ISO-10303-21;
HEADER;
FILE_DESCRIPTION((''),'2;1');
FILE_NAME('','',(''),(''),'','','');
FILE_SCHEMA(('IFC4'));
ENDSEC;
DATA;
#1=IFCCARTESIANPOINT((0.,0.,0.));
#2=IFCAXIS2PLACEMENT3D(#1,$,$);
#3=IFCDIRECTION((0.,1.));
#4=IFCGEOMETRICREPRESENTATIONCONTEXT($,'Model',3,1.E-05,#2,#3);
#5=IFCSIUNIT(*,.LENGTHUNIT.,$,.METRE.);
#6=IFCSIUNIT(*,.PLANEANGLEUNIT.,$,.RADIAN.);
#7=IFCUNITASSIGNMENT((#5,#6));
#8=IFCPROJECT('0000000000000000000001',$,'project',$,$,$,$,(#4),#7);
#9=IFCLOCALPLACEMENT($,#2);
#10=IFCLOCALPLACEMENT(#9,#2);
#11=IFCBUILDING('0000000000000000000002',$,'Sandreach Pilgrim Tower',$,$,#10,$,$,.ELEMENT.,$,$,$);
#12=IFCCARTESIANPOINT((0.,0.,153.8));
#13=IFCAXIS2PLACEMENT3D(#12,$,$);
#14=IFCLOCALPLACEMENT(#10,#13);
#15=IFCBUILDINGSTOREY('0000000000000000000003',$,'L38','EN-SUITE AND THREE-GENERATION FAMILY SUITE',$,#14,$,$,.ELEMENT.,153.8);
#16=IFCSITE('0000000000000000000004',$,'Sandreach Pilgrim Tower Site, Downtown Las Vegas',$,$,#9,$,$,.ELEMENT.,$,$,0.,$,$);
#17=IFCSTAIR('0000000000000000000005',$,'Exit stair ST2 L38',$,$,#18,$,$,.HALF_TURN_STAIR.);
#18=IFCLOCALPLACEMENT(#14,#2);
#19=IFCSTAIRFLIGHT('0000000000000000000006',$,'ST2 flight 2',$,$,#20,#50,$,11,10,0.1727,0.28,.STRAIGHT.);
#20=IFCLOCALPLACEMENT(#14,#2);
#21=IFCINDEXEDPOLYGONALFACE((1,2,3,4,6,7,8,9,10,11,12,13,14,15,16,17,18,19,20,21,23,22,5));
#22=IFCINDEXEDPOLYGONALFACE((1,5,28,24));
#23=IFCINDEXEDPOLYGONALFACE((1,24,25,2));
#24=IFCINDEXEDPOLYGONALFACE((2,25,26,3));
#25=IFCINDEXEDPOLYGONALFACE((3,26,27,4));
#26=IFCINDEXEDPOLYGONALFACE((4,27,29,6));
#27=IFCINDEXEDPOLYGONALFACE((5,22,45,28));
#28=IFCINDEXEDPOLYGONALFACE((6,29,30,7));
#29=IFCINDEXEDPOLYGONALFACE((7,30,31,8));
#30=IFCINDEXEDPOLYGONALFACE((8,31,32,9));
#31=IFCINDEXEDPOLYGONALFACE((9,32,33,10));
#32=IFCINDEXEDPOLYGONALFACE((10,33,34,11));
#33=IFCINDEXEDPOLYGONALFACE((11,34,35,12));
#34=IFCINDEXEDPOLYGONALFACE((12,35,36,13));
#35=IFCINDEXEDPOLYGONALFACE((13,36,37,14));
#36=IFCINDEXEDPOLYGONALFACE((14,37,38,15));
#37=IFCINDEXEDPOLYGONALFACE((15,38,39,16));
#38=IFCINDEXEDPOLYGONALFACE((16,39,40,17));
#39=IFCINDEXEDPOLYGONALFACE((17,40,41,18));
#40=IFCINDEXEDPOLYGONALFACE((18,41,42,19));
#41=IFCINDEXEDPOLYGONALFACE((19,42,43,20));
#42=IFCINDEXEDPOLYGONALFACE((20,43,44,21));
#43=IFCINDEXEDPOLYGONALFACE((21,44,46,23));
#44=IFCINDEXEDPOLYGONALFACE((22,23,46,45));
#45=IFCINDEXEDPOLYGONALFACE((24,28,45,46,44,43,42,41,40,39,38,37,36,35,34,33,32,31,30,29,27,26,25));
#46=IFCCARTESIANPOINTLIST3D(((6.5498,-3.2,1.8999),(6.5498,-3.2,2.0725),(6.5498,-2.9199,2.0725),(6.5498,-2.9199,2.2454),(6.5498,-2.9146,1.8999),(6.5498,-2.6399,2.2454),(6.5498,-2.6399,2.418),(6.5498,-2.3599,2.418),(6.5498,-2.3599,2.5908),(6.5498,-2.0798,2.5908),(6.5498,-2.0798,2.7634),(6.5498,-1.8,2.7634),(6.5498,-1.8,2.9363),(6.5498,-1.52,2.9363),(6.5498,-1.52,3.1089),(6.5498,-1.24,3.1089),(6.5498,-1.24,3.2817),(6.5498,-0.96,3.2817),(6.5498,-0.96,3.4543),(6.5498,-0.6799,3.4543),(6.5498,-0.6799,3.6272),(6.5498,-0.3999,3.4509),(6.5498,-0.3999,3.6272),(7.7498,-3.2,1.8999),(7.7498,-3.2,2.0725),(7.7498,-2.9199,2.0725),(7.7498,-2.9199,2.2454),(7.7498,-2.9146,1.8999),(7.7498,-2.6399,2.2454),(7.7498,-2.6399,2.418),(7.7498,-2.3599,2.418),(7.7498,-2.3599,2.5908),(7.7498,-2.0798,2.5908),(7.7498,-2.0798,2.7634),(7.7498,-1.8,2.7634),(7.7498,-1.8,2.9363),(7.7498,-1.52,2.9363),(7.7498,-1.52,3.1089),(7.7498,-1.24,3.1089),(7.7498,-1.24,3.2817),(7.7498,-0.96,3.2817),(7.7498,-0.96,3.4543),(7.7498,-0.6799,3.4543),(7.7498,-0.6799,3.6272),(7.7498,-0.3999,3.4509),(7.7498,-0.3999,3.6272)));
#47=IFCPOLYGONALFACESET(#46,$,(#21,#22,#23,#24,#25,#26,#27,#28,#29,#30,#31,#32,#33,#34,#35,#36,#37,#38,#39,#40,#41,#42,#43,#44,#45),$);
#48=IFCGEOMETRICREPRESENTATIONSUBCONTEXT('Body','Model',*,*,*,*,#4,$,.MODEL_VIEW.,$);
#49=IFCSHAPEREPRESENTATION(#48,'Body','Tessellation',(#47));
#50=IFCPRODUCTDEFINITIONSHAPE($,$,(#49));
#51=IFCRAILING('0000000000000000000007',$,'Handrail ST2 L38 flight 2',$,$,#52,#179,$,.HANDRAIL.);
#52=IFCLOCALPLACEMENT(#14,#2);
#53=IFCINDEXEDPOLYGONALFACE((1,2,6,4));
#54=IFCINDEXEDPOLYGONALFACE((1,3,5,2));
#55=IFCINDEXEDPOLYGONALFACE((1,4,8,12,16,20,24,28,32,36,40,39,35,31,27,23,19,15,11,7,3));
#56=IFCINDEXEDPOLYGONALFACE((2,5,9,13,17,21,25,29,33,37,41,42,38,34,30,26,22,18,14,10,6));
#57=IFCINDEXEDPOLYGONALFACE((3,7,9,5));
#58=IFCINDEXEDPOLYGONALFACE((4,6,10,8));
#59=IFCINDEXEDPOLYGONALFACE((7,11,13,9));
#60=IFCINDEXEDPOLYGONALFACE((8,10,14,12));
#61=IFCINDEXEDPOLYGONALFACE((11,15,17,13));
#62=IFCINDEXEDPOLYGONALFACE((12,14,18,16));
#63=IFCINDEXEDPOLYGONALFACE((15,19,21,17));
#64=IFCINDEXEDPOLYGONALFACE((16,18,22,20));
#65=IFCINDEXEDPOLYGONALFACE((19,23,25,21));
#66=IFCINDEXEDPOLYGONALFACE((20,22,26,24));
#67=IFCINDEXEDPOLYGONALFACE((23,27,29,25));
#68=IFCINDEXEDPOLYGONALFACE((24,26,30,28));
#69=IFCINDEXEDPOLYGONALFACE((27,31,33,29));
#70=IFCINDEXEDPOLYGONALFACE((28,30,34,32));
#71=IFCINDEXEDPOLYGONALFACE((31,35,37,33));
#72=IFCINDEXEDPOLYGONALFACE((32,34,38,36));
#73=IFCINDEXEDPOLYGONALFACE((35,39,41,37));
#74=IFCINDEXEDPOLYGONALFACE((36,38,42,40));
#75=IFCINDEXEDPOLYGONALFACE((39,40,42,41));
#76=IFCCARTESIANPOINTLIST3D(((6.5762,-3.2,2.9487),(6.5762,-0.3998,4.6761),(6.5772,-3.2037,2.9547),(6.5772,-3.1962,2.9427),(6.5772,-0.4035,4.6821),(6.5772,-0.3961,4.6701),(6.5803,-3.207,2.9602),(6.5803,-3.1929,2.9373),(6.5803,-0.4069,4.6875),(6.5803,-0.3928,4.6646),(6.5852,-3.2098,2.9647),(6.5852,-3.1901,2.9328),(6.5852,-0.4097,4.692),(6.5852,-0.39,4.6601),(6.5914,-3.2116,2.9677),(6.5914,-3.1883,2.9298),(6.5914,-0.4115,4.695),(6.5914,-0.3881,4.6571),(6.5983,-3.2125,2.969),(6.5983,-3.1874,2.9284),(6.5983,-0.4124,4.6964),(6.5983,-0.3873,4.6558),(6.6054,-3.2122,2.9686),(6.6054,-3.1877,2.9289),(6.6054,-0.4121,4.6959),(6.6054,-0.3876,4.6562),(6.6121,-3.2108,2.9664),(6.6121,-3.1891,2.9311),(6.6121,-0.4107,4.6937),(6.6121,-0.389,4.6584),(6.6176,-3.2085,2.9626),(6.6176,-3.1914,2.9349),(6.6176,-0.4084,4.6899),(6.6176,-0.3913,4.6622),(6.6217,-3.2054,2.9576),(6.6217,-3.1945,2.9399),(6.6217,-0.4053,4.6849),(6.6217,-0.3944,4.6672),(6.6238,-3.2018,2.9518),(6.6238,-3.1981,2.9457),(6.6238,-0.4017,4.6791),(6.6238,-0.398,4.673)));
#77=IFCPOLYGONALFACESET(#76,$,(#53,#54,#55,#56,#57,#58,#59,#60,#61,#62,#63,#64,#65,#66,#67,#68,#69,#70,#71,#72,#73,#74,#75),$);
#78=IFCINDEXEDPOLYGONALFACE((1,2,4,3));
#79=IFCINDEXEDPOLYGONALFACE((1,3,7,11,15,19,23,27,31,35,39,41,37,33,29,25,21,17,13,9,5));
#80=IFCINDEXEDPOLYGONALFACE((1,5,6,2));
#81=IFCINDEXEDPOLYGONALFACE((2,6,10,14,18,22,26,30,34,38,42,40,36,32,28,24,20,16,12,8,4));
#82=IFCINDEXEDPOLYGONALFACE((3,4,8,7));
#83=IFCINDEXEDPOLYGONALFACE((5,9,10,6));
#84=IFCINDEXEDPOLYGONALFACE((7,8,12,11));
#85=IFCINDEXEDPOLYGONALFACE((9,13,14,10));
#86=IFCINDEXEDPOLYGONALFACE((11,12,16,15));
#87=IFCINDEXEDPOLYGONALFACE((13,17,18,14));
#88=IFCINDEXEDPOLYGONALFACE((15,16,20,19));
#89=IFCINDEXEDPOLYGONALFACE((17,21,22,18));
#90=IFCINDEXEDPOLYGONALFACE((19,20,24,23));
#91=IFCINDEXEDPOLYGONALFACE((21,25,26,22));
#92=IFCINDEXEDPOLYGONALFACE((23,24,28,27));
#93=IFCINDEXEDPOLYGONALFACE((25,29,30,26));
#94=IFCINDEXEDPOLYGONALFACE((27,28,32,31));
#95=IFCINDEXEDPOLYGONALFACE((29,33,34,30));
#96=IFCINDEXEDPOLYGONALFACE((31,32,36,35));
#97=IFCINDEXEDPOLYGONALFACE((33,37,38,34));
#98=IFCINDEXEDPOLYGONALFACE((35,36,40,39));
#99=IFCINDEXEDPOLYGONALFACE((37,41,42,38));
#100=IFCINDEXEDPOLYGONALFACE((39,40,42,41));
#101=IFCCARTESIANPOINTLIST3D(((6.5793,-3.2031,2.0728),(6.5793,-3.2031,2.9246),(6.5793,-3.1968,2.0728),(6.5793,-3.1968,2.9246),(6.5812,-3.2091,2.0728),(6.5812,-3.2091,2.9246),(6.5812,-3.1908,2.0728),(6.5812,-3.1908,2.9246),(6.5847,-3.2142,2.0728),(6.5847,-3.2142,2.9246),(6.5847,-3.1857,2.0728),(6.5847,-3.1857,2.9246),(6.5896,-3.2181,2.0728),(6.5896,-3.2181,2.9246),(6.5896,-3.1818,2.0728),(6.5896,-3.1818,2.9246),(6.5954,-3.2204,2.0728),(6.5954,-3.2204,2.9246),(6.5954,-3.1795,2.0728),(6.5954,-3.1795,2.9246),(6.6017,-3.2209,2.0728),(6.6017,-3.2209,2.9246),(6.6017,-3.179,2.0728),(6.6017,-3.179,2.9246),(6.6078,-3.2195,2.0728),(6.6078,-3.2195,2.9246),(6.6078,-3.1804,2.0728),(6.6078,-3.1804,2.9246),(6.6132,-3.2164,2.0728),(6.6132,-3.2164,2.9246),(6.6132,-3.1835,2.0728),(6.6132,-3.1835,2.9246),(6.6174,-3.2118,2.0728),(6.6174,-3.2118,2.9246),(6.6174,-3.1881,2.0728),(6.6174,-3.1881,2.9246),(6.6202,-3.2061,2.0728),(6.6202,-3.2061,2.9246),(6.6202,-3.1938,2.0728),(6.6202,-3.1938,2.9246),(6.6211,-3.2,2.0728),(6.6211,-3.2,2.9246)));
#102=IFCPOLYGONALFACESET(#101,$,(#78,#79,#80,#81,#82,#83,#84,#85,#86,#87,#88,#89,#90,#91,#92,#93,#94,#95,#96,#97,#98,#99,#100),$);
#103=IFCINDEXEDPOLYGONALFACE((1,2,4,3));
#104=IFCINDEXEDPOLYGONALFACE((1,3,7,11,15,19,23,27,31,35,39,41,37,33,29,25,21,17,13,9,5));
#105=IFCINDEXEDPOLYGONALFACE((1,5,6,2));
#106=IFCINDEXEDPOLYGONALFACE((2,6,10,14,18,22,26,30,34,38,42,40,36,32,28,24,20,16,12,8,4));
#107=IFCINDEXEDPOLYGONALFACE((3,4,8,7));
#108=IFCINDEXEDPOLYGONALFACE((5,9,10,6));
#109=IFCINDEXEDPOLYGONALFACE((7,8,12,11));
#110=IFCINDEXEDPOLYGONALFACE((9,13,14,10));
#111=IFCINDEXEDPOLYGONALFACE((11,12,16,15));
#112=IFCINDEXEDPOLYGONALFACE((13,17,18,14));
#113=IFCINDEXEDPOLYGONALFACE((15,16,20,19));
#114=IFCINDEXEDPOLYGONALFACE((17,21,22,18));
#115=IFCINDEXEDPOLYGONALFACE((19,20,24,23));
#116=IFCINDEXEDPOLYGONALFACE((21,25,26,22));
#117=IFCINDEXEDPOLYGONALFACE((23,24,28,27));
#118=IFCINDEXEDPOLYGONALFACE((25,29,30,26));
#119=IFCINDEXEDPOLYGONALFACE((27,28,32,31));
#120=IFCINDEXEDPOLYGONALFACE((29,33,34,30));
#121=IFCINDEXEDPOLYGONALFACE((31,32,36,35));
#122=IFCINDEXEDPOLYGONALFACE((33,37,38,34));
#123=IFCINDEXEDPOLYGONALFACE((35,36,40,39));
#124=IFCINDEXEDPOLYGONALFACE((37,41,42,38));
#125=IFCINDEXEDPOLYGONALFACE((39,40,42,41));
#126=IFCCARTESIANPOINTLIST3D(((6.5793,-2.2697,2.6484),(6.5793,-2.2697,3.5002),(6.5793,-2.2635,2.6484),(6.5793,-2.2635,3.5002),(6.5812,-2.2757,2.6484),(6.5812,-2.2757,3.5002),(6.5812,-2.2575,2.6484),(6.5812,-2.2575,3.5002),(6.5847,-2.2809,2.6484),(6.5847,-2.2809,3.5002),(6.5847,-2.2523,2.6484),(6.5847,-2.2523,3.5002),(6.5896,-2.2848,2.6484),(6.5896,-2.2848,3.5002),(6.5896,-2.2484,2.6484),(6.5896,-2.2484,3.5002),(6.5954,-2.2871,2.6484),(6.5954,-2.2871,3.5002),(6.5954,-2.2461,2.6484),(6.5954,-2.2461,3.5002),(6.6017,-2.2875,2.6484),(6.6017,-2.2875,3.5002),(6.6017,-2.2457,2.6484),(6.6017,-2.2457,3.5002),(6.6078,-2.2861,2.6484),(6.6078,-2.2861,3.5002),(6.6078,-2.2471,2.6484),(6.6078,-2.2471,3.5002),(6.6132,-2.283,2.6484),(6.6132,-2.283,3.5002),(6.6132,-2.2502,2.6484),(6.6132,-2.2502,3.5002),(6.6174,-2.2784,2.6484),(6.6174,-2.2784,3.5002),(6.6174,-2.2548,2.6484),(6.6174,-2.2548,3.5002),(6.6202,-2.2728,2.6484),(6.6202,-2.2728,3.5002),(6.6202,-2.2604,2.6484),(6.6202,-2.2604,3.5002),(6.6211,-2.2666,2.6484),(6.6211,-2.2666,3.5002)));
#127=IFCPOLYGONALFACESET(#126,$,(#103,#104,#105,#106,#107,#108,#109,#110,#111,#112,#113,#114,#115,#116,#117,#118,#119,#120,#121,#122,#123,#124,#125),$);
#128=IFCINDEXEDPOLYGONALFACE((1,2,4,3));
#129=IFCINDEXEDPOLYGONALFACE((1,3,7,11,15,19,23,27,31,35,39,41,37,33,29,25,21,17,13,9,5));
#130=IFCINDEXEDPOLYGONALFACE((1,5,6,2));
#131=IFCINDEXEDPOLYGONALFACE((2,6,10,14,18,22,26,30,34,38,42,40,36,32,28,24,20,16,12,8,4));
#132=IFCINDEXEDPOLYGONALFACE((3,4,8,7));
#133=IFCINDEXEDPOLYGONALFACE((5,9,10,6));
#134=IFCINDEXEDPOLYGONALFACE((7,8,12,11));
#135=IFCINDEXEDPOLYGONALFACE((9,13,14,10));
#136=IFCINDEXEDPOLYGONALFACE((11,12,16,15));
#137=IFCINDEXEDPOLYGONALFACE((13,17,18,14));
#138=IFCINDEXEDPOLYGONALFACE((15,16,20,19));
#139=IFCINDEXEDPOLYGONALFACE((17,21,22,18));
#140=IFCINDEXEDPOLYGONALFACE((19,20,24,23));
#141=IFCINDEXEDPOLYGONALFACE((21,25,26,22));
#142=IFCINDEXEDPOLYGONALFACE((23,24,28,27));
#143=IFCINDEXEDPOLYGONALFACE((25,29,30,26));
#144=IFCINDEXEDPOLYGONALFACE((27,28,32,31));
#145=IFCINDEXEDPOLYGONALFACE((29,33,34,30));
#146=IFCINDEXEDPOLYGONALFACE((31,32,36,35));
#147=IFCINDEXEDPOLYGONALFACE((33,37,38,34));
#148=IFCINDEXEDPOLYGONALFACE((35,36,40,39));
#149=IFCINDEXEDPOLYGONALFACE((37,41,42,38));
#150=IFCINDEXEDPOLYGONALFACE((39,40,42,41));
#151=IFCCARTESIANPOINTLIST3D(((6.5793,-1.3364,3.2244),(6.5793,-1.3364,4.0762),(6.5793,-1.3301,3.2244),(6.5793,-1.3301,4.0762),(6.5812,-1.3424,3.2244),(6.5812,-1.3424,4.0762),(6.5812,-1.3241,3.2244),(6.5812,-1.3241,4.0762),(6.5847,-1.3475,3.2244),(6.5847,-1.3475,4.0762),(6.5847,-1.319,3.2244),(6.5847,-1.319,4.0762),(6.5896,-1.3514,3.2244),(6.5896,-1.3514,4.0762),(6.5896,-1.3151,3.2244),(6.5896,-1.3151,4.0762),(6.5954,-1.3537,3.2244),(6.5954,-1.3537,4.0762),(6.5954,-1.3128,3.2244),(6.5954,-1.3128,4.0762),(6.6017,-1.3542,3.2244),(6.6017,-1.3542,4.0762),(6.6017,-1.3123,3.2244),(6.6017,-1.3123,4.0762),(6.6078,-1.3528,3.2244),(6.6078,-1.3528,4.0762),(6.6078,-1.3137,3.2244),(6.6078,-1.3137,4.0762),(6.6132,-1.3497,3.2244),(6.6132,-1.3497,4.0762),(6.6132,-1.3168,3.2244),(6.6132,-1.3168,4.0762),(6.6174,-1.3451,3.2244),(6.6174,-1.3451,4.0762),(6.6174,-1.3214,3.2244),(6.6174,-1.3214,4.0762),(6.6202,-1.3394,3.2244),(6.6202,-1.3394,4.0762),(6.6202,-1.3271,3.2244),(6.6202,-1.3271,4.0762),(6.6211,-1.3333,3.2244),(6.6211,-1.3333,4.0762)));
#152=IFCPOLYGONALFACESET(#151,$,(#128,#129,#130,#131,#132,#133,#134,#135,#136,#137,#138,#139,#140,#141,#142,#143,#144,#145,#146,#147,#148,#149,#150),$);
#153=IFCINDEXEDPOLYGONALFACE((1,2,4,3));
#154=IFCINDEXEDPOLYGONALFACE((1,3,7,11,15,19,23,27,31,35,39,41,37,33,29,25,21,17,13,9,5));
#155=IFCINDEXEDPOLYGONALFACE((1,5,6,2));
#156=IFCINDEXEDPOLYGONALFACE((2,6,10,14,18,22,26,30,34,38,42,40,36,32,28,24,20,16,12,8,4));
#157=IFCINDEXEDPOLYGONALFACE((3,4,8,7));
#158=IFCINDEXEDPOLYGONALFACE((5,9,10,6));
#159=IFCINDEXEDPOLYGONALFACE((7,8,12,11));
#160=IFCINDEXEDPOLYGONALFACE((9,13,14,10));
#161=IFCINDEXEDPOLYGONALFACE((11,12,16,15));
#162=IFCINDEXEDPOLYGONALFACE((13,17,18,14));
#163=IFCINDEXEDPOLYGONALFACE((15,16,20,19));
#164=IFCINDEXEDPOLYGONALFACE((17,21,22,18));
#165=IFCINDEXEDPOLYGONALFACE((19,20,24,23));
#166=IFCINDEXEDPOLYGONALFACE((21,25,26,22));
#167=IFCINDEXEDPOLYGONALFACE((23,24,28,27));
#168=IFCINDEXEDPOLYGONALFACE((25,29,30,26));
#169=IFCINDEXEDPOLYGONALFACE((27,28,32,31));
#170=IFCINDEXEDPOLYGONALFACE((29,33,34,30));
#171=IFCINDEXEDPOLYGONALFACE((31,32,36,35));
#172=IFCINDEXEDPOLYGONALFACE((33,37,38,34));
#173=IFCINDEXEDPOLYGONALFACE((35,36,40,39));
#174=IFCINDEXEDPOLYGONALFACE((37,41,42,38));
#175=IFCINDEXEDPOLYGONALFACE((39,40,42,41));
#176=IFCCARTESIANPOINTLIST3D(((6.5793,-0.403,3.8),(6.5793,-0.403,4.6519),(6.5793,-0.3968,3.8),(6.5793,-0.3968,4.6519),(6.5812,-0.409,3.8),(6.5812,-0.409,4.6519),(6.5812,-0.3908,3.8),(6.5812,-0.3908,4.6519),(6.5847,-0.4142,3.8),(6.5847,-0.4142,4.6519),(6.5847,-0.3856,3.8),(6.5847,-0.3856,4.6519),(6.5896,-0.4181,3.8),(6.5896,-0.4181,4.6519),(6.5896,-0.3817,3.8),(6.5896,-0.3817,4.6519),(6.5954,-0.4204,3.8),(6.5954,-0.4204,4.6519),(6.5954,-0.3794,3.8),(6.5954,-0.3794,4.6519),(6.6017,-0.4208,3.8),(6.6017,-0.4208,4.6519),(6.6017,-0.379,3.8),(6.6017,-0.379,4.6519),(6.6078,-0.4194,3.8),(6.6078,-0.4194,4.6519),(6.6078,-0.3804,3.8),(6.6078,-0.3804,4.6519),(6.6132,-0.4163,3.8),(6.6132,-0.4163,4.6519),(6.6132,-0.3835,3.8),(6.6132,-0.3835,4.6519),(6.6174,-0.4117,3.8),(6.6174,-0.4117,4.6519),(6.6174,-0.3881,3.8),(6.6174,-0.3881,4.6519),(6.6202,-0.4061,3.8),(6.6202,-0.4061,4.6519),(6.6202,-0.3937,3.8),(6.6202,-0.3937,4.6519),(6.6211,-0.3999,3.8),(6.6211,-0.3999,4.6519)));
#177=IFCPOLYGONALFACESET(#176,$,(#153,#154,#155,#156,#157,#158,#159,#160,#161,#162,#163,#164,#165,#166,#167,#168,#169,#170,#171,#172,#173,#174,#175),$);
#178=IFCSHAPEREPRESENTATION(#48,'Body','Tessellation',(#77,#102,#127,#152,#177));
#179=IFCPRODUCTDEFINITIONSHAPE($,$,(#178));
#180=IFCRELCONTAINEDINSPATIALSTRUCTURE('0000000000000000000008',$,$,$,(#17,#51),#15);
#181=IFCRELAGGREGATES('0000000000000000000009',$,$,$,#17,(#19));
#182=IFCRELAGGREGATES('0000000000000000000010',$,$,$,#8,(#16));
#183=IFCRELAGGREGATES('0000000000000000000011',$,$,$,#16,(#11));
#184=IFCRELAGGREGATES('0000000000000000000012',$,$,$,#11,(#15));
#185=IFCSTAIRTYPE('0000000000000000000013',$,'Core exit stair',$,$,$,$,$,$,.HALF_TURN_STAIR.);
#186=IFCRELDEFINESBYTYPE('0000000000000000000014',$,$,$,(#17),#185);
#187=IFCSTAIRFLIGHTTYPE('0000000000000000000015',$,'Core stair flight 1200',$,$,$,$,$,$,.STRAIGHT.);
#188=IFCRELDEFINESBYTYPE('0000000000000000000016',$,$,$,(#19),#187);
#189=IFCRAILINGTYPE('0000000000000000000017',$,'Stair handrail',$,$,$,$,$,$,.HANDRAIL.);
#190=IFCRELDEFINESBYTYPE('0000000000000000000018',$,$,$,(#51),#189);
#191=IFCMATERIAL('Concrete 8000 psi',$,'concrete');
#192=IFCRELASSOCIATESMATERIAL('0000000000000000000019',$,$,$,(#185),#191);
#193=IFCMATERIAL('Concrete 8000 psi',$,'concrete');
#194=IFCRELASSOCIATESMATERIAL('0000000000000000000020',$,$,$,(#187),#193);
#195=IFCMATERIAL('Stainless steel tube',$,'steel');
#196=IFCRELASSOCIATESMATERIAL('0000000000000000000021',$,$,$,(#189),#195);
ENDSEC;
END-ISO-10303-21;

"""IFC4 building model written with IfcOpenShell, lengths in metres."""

from ifc_helpers import new_model, si_unit, direction, frame, origin, origin_2d, place, context, subcontext, project, spatial, polyline, circle, outline, extrude, material, type_object, element, aggregate, save


model = new_model("IFC4")

# Units and contexts
model_context = context("Model", 3, precision=1e-05, world=origin(), true_north=direction((0.0, 1.0)))
body_context = subcontext(model_context, "Body", "Model", "MODEL_VIEW")
ifc_project = project(units=[si_unit("LENGTHUNIT", "METRE"), si_unit("PLANEANGLEUNIT", "RADIAN")], contexts=[model_context])

# Site, building, storey
site_placement = place(None, origin())
site = spatial("IfcSite", under=ifc_project, at=site_placement, Name="Sandreach Pilgrim Tower Site, Downtown Las Vegas", CompositionType="ELEMENT", RefElevation=0.0)
building_placement = place(site_placement, origin())
building = spatial("IfcBuilding", under=site, at=building_placement, Name="Sandreach Pilgrim Tower", CompositionType="ELEMENT")
storey_placement = place(building_placement, frame((0.0, 0.0, 153.8)))
storey = spatial("IfcBuildingStorey", under=building, at=storey_placement, Name="L38", Description="EN-SUITE AND THREE-GENERATION FAMILY SUITE", CompositionType="ELEMENT", Elevation=153.8)

# Stair, stair flight
ifc_material_1 = material(Name="Concrete 8000 psi", Category="concrete")
stair_type = type_object("IfcStairType", Name="Core exit stair", PredefinedType="HALF_TURN_STAIR", material=ifc_material_1)
stair_placement = place(storey_placement, origin())
stair = element("IfcStair", 1, at=stair_placement, inside=storey, type_object=stair_type, Name="Exit stair ST2 L38", PredefinedType="HALF_TURN_STAIR")
ifc_material_2 = material(Name="Concrete 8000 psi", Category="concrete")
stair_flight_type = type_object("IfcStairFlightType", Name="Core stair flight 1200", PredefinedType="STRAIGHT", material=ifc_material_2)
stair_flight_placement = place(storey_placement, frame((7.1499, -3.2, 1.8999), z_axis=(0.0, 0.0, 1.0), x_axis=(0.0, 1.0, 0.0)))
stair_flight = element("IfcStairFlight", 2, at=stair_flight_placement, type_object=stair_flight_type, Name="ST2 flight 2", NumberOfRisers=11, NumberOfTreads=10, PredefinedType="STRAIGHT", RiserHeight=0.1727, TreadLength=0.28, context=body_context, shape_type="SweptSolid", body=[
    extrude(outline(polyline([(0.0, 0.0), (0.0, 0.1726), (0.28, 0.1726), (0.28, 0.3455), (0.5601, 0.3455), (0.5601, 0.5181), (0.8401, 0.5181), (0.8401, 0.6909), (1.1201, 0.6909), (1.1201, 0.8635), (1.3999, 0.8635), (1.3999, 1.0364), (1.6799, 1.0364), (1.6799, 1.209), (1.96, 1.209), (1.96, 1.3818), (2.24, 1.3818), (2.24, 1.5544), (2.52, 1.5544), (2.52, 1.7273), (2.8, 1.7273), (2.8, 1.8999), (2.8, 1.551), (0.2854, 0.0), (0.0, 0.0)])), frame((0.0, 0.6001, 0.0), z_axis=(0.0, -1.0, 0.0), x_axis=(1.0, 0.0, 0.0)), (0.0, 0.0, 1.0), 1.2),
])
aggregate(stair, [stair_flight])

# Railing
ifc_material_3 = material(Name="Stainless steel tube", Category="steel")
railing_type = type_object("IfcRailingType", Name="Stair handrail", PredefinedType="HANDRAIL", material=ifc_material_3)
for number, where, name in (
    (3, (6.6001, -3.2, 2.0728), "Handrail ST2 L38 flight 2"),
):
    element("IfcRailing", number, at=place(storey_placement, frame(where)), inside=storey, type_object=railing_type, Name=name, PredefinedType="HANDRAIL", context=body_context, shape_type="SweptSolid", body=[
        extrude(circle(Radius=0.0239, at=origin_2d()), frame((0.0, 0.0, 0.876), z_axis=(0.0, 0.85109, 0.52502), x_axis=(-1.0, 0.0, 0.0)), (0.0, 0.0, 1.0), 3.29),
        extrude(circle(Radius=0.021, at=origin_2d()), origin(), (0.0, 0.0, 1.0), 0.8518),
        extrude(circle(Radius=0.021, at=origin_2d()), frame((0.0, 0.9333, 0.5757)), (0.0, 0.0, 1.0), 0.8518),
        extrude(circle(Radius=0.021, at=origin_2d()), frame((0.0, 1.8667, 1.1516)), (0.0, 0.0, 1.0), 0.8518),
        extrude(circle(Radius=0.021, at=origin_2d()), frame((0.0, 2.8, 1.7273)), (0.0, 0.0, 1.0), 0.8518),
    ])

save(model, "model.ifc")
